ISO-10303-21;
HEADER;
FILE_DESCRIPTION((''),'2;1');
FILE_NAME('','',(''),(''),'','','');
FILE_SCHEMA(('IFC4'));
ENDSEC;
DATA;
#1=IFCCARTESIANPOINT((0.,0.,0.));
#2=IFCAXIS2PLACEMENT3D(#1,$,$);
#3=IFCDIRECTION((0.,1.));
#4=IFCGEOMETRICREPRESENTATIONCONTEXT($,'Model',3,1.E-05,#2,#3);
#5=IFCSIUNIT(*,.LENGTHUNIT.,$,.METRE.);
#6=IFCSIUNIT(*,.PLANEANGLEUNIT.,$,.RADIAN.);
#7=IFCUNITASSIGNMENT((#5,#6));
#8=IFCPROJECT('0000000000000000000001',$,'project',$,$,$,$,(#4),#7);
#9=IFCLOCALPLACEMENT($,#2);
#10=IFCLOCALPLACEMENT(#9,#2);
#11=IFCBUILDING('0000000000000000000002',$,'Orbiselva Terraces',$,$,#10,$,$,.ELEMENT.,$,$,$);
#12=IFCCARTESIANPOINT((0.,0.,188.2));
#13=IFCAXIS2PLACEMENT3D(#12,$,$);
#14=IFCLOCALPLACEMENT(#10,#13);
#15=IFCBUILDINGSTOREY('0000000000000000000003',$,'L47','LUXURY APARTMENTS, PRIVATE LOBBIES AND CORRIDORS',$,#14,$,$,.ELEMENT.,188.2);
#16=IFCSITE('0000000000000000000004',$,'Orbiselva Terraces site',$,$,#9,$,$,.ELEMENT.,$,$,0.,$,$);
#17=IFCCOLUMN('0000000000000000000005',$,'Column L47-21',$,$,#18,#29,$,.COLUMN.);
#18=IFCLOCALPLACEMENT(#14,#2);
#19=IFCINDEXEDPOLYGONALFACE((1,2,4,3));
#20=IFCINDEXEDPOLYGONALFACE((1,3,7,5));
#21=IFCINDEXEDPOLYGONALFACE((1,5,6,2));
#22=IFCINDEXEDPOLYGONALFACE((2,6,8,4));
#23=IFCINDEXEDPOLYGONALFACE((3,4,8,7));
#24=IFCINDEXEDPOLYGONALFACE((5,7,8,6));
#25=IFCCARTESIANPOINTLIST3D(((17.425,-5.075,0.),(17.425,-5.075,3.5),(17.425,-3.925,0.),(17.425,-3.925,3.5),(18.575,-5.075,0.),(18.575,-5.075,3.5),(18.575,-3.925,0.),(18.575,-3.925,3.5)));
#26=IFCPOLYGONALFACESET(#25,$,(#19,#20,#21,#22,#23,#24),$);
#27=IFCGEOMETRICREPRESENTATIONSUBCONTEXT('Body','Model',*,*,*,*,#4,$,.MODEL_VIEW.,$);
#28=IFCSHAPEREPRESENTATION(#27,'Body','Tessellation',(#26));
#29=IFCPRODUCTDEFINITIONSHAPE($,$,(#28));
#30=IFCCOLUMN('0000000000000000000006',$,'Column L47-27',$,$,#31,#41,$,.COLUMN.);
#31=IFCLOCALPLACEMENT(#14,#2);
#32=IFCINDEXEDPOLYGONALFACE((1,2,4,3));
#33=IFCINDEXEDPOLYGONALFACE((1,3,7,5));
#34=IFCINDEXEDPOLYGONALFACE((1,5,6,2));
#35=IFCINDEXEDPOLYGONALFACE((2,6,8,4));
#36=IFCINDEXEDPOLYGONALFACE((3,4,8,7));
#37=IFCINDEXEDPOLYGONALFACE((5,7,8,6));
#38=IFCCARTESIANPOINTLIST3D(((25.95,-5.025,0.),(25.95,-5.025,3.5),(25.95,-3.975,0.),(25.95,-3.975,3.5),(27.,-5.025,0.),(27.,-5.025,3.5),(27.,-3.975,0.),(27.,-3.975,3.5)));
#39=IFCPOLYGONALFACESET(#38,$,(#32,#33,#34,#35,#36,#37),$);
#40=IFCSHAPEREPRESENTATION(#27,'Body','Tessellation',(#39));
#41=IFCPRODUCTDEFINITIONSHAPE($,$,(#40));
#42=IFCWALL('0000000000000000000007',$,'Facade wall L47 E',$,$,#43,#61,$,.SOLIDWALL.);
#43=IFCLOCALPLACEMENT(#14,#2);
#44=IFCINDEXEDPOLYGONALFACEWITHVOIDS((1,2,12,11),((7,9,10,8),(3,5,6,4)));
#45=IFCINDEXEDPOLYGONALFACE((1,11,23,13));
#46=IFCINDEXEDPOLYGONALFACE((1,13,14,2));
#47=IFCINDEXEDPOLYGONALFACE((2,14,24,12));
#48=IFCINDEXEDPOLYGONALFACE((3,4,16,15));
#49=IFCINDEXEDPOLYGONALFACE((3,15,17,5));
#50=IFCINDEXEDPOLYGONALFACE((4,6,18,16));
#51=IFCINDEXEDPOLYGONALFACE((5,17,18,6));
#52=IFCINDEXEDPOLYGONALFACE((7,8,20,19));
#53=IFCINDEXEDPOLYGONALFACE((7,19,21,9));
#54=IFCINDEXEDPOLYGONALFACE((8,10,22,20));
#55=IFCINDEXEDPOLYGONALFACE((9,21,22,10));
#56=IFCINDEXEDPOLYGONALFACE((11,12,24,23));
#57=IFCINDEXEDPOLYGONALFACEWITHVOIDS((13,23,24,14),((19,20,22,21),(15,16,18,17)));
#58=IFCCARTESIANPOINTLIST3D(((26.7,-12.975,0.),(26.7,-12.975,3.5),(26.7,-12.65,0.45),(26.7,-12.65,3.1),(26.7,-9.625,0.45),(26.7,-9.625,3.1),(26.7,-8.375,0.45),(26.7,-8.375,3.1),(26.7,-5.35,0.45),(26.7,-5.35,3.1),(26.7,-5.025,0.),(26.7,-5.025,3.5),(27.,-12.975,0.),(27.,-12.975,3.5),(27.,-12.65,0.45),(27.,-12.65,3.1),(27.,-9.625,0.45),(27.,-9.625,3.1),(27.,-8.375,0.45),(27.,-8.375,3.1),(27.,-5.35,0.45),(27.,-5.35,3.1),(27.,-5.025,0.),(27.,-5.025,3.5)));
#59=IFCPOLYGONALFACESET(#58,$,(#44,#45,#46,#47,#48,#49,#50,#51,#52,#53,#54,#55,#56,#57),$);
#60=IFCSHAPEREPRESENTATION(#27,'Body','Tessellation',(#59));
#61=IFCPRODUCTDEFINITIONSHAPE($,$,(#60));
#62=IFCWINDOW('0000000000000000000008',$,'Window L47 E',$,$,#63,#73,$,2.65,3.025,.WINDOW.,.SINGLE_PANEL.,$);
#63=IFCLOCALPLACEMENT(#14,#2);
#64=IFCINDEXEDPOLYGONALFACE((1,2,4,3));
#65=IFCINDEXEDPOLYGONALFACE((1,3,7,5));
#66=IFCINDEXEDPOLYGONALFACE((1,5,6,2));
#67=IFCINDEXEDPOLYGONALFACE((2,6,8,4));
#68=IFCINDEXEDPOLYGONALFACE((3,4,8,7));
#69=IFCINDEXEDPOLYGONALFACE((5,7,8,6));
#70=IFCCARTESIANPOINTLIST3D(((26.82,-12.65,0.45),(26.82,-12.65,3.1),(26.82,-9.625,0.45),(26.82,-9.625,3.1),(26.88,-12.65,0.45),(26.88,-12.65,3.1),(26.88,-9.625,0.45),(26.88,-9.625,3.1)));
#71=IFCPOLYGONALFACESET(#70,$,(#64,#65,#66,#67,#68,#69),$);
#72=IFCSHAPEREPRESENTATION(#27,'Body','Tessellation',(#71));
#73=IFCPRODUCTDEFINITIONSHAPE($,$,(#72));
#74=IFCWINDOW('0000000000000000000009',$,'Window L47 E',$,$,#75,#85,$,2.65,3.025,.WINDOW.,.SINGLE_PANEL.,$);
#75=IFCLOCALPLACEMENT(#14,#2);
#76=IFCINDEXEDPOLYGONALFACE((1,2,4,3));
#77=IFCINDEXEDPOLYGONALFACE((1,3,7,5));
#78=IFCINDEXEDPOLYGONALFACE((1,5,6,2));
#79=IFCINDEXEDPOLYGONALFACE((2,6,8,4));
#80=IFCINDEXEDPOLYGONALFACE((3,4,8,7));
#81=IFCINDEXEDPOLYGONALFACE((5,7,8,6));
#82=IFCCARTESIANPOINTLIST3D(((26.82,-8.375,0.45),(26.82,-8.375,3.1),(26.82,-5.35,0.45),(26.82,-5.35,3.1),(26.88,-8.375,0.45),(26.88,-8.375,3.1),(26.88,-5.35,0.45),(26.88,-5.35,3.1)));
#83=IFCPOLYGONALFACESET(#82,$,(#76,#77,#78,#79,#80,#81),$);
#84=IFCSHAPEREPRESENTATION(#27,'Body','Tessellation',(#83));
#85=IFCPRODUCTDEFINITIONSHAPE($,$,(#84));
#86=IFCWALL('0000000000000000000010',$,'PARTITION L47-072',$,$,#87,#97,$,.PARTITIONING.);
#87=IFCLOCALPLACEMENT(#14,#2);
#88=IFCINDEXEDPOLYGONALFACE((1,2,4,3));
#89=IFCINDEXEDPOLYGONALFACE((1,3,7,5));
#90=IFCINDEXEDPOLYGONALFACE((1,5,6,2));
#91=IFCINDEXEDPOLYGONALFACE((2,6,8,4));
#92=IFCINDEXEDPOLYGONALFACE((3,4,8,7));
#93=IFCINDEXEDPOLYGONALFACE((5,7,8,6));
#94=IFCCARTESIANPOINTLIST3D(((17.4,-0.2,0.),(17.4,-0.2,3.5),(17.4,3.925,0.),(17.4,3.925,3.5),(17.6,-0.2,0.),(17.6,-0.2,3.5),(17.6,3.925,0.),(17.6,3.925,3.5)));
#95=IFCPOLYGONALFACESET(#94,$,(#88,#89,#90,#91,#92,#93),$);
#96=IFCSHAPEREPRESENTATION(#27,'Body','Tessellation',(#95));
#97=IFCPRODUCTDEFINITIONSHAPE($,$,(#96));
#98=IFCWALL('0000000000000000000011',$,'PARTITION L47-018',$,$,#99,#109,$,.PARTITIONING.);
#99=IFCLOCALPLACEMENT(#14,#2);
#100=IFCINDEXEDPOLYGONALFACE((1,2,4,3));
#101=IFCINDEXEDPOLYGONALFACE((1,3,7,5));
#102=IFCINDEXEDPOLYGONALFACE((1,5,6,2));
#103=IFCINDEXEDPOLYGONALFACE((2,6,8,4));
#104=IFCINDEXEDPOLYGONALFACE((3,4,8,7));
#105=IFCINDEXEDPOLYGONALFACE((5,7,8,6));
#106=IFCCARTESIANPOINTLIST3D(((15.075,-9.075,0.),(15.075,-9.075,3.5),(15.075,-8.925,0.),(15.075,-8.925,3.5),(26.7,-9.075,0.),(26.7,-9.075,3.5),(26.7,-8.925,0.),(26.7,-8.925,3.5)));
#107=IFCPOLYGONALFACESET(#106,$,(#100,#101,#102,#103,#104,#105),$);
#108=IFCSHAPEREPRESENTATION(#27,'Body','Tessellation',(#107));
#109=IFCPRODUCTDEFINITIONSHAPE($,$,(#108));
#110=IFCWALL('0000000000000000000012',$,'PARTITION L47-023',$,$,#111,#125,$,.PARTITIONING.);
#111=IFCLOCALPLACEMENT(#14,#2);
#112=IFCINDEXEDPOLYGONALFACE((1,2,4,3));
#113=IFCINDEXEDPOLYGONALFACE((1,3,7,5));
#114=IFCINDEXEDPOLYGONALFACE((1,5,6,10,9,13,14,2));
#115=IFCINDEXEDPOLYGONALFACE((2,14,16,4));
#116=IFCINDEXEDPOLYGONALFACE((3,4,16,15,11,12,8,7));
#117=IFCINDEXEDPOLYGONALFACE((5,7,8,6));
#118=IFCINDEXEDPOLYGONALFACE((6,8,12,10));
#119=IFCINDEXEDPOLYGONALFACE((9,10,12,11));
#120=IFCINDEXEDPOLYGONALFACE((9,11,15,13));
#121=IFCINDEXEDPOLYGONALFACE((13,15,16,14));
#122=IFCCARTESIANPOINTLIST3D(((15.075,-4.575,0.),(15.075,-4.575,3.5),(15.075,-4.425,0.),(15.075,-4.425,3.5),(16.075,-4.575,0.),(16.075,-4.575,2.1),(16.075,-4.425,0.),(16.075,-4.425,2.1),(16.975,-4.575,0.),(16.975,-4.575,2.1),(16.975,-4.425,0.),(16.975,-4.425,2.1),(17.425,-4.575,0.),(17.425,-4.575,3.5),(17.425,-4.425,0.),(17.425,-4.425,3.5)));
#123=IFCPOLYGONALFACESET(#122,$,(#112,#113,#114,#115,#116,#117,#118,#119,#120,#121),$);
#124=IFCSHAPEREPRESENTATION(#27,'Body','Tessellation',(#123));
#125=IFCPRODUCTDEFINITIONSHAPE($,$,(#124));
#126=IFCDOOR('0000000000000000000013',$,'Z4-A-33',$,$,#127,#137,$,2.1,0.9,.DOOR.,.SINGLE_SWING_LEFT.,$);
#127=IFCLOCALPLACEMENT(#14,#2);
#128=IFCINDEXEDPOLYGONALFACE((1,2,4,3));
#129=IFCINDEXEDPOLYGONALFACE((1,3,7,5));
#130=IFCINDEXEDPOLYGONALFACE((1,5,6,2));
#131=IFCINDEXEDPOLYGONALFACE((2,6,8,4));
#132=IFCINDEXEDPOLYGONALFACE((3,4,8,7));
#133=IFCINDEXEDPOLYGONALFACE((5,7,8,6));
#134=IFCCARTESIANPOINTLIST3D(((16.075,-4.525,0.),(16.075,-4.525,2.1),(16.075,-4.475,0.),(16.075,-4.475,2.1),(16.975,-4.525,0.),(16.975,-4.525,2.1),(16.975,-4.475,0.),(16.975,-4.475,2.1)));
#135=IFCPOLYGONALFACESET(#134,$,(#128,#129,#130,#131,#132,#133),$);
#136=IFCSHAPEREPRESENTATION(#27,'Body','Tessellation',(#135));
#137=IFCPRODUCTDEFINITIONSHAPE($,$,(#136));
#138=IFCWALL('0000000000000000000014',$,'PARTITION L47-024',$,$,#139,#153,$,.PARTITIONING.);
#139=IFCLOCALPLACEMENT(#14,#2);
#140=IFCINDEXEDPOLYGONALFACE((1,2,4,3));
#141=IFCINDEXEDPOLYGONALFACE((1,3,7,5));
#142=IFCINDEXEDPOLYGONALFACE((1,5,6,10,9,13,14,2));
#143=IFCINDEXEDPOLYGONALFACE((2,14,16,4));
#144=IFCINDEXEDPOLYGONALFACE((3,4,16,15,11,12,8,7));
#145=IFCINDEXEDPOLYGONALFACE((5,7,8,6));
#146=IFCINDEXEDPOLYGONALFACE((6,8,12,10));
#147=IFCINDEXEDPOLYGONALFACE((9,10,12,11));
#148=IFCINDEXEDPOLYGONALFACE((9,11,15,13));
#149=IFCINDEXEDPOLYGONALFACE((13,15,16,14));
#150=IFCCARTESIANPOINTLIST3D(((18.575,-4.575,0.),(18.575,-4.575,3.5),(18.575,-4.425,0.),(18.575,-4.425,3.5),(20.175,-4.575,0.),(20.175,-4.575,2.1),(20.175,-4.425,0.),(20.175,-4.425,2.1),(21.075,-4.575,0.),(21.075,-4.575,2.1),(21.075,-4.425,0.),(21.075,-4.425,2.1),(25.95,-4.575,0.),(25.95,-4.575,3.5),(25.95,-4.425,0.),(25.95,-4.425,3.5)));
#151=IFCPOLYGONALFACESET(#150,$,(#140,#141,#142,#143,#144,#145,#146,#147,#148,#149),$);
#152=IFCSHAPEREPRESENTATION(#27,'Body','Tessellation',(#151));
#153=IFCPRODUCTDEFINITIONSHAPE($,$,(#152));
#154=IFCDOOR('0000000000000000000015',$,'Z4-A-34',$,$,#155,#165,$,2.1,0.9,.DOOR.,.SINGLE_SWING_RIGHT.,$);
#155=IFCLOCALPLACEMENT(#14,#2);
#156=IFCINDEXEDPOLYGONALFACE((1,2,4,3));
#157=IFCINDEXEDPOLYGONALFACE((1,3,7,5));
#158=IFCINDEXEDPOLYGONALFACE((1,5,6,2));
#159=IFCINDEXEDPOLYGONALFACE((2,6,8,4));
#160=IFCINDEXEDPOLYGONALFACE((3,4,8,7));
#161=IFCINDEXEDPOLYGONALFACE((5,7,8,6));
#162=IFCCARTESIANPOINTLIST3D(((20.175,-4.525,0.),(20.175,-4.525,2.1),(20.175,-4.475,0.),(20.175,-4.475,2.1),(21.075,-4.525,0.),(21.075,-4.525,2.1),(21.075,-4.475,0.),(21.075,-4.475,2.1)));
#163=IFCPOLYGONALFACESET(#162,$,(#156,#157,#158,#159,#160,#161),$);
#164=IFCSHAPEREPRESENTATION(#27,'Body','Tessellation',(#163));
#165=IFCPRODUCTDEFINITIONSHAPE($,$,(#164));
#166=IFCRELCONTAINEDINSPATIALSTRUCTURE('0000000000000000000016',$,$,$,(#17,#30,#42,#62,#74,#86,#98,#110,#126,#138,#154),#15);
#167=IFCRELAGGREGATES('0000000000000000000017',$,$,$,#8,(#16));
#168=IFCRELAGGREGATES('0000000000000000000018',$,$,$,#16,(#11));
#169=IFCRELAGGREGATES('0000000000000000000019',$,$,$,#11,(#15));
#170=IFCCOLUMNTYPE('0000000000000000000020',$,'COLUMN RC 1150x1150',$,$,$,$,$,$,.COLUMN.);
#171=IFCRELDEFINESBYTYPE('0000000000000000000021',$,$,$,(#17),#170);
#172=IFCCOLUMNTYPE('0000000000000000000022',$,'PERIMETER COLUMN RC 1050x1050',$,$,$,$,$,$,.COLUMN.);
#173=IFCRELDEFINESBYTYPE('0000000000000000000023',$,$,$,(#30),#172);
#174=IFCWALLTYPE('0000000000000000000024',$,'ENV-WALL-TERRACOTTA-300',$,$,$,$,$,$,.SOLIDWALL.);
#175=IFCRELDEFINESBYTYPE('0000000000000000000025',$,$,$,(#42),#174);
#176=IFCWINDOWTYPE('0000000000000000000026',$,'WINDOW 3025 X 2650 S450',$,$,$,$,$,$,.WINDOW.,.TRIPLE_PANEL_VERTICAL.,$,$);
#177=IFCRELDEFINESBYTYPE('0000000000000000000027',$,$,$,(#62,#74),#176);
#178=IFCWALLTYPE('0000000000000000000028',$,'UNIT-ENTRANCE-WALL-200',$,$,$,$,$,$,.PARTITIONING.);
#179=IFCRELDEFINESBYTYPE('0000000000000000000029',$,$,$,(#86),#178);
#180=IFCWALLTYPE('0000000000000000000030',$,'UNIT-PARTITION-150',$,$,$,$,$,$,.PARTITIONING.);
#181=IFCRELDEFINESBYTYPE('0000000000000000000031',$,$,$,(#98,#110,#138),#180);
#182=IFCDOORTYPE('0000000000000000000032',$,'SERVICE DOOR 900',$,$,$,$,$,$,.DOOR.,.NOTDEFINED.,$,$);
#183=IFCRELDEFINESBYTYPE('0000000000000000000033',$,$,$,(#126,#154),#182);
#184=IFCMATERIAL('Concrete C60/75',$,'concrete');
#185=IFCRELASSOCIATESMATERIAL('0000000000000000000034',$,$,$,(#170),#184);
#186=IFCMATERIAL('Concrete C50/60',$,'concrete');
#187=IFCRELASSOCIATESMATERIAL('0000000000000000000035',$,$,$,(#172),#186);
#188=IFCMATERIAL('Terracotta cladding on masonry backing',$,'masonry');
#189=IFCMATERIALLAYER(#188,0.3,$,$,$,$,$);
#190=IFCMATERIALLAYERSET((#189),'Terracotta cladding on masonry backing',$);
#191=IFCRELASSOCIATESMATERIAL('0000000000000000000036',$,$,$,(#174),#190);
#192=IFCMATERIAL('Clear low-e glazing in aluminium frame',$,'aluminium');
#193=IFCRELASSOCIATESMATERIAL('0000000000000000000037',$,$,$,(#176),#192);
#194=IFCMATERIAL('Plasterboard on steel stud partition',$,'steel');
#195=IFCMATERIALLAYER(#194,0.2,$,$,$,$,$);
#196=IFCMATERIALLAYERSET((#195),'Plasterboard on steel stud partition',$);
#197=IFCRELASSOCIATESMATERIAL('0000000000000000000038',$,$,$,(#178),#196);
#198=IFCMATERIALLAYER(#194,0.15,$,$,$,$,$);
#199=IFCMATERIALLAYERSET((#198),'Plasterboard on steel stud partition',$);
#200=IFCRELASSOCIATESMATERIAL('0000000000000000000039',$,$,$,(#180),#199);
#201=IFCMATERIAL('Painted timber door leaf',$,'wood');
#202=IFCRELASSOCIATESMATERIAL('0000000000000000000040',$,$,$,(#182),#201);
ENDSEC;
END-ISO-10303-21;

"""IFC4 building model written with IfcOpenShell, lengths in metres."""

from ifc_helpers import new_model, si_unit, direction, frame, frame_2d, origin, origin_2d, place, context, subcontext, project, spatial, rectangle, extrude, material, layer, layer_set, material_profile, profile_set, type_object, element, fill, save


model = new_model("IFC4")

# Units and contexts
model_context = context("Model", 3, precision=1e-05, world=origin(), true_north=direction((0.0, 1.0)))
body_context = subcontext(model_context, "Body", "Model", "MODEL_VIEW")
ifc_project = project(units=[si_unit("LENGTHUNIT", "METRE"), si_unit("PLANEANGLEUNIT", "RADIAN")], contexts=[model_context])

# Site, building, storey
site_placement = place(None, origin())
site = spatial("IfcSite", under=ifc_project, at=site_placement, Name="Orbiselva Terraces site", CompositionType="ELEMENT", RefElevation=0.0)
building_placement = place(site_placement, origin())
building = spatial("IfcBuilding", under=site, at=building_placement, Name="Orbiselva Terraces", CompositionType="ELEMENT")
storey_placement = place(building_placement, frame((0.0, 0.0, 188.2)))
storey = spatial("IfcBuildingStorey", under=building, at=storey_placement, Name="L47", Description="LUXURY APARTMENTS, PRIVATE LOBBIES AND CORRIDORS", CompositionType="ELEMENT", Elevation=188.2)

# Columns
ifc_material_1 = material(Name="Concrete C60/75", Category="concrete")
ifc_material_profile_1 = material_profile(ifc_material_1, rectangle(XDim=1.15, YDim=1.15, at=origin_2d()), Name="RC 1150x1150")
ifc_profile_set_1 = profile_set([ifc_material_profile_1], Name="Concrete C60/75")
column_type_1 = type_object("IfcColumnType", Name="COLUMN RC 1150x1150", PredefinedType="COLUMN", material=ifc_profile_set_1)
column_1_placement = place(storey_placement, frame((18.0, -4.5, 0.0), z_axis=(0.0, 0.0, 1.0), x_axis=(1.0, 0.0, 0.0)))
element("IfcColumn", 1, at=column_1_placement, inside=storey, type_object=column_type_1, Name="Column L47-21", PredefinedType="COLUMN", context=body_context, shape_type="SweptSolid", body=[
    extrude(rectangle(XDim=1.15, YDim=1.15, at=origin_2d()), origin(), (0.0, 0.0, 1.0), 3.5),
])
ifc_material_2 = material(Name="Concrete C50/60", Category="concrete")
ifc_material_profile_2 = material_profile(ifc_material_2, rectangle(XDim=1.05, YDim=1.05, at=origin_2d()), Name="RC 1050x1050")
ifc_profile_set_2 = profile_set([ifc_material_profile_2], Name="Concrete C50/60")
column_type_2 = type_object("IfcColumnType", Name="PERIMETER COLUMN RC 1050x1050", PredefinedType="COLUMN", material=ifc_profile_set_2)
column_2_placement = place(storey_placement, frame((26.475, -4.5, 0.0), z_axis=(0.0, 0.0, 1.0), x_axis=(1.0, 0.0, 0.0)))
element("IfcColumn", 2, at=column_2_placement, inside=storey, type_object=column_type_2, Name="Column L47-27", PredefinedType="COLUMN", context=body_context, shape_type="SweptSolid", body=[
    extrude(rectangle(XDim=1.05, YDim=1.05, at=origin_2d()), origin(), (0.0, 0.0, 1.0), 3.5),
])

# Wall, openings, windows
ifc_material_3 = material(Name="Terracotta cladding on masonry backing", Category="masonry")
ifc_layer_1 = layer(ifc_material_3, 0.3)
ifc_layer_set_1 = layer_set([ifc_layer_1], Name="Terracotta cladding on masonry backing")
wall_type_1 = type_object("IfcWallType", Name="ENV-WALL-TERRACOTTA-300", PredefinedType="SOLIDWALL", material=ifc_layer_set_1)
wall_1_placement = place(storey_placement, frame((26.85, -5.025, 0.0), z_axis=(0.0, 0.0, 1.0), x_axis=(0.0, -1.0, 0.0)))
wall_1 = element("IfcWall", 3, at=wall_1_placement, inside=storey, type_object=wall_type_1, Name="Facade wall L47 E", PredefinedType="SOLIDWALL", context=body_context, shape_type="SweptSolid", body=[
    extrude(rectangle(XDim=7.95, YDim=0.3, at=frame_2d((3.975, 0.0))), origin(), (0.0, 0.0, 1.0), 3.5),
])
opening_1_placement = place(wall_1_placement, frame((4.6, 0.0, 0.45)))
opening_1 = element("IfcOpeningElement", 4, at=opening_1_placement, cuts=wall_1, PredefinedType="OPENING", context=body_context, shape_type="SweptSolid", body=[
    extrude(rectangle(XDim=3.025, YDim=2.65, at=frame_2d((1.5125, 1.325))), frame((0.0, 0.16, 0.0), z_axis=(0.0, -1.0, 0.0), x_axis=(1.0, 0.0, 0.0)), (0.0, 0.0, 1.0), 0.32),
])
opening_2_placement = place(wall_1_placement, frame((0.325, 0.0, 0.45)))
opening_2 = element("IfcOpeningElement", 5, at=opening_2_placement, cuts=wall_1, PredefinedType="OPENING", context=body_context, shape_type="SweptSolid", body=[
    extrude(rectangle(XDim=3.025, YDim=2.65, at=frame_2d((1.5125, 1.325))), frame((0.0, 0.16, 0.0), z_axis=(0.0, -1.0, 0.0), x_axis=(1.0, 0.0, 0.0)), (0.0, 0.0, 1.0), 0.32),
])
ifc_material_4 = material(Name="Clear low-e glazing in aluminium frame", Category="aluminium")
window_type = type_object("IfcWindowType", Name="WINDOW 3025 X 2650 S450", PartitioningType="TRIPLE_PANEL_VERTICAL", PredefinedType="WINDOW", material=ifc_material_4)
window_1_placement = place(opening_1_placement, origin())
window_1 = element("IfcWindow", 6, at=window_1_placement, inside=storey, type_object=window_type, Name="Window L47 E", OverallHeight=2.65, OverallWidth=3.025, PartitioningType="SINGLE_PANEL", PredefinedType="WINDOW", context=body_context, shape_type="SweptSolid", body=[
    extrude(rectangle(XDim=3.025, YDim=2.65, at=frame_2d((1.5125, 1.325))), frame((0.0, 0.03, 0.0), z_axis=(0.0, -1.0, 0.0), x_axis=(1.0, 0.0, 0.0)), (0.0, 0.0, 1.0), 0.06),
])
fill(opening_1, window_1)
window_2_placement = place(opening_2_placement, origin())
window_2 = element("IfcWindow", 7, at=window_2_placement, inside=storey, type_object=window_type, Name="Window L47 E", OverallHeight=2.65, OverallWidth=3.025, PartitioningType="SINGLE_PANEL", PredefinedType="WINDOW", context=body_context, shape_type="SweptSolid", body=[
    extrude(rectangle(XDim=3.025, YDim=2.65, at=frame_2d((1.5125, 1.325))), frame((0.0, 0.03, 0.0), z_axis=(0.0, -1.0, 0.0), x_axis=(1.0, 0.0, 0.0)), (0.0, 0.0, 1.0), 0.06),
])
fill(opening_2, window_2)

# Walls
ifc_material_5 = material(Name="Plasterboard on steel stud partition", Category="steel")
ifc_layer_2 = layer(ifc_material_5, 0.2)
ifc_layer_set_2 = layer_set([ifc_layer_2], Name="Plasterboard on steel stud partition")
wall_type_2 = type_object("IfcWallType", Name="UNIT-ENTRANCE-WALL-200", PredefinedType="PARTITIONING", material=ifc_layer_set_2)
wall_2_placement = place(storey_placement, frame((17.5, -0.2, 0.0), z_axis=(0.0, 0.0, 1.0), x_axis=(0.0, 1.0, 0.0)))
element("IfcWall", 8, at=wall_2_placement, inside=storey, type_object=wall_type_2, Name="PARTITION L47-072", PredefinedType="PARTITIONING", context=body_context, shape_type="SweptSolid", body=[
    extrude(rectangle(XDim=4.125, YDim=0.2, at=frame_2d((2.0625, 0.0))), origin(), (0.0, 0.0, 1.0), 3.5),
])
ifc_layer_3 = layer(ifc_material_5, 0.15)
ifc_layer_set_3 = layer_set([ifc_layer_3], Name="Plasterboard on steel stud partition")
wall_type_3 = type_object("IfcWallType", Name="UNIT-PARTITION-150", PredefinedType="PARTITIONING", material=ifc_layer_set_3)
wall_3_placement = place(storey_placement, frame((15.075, -9.0, 0.0), z_axis=(0.0, 0.0, 1.0), x_axis=(1.0, 0.0, 0.0)))
element("IfcWall", 9, at=wall_3_placement, inside=storey, type_object=wall_type_3, Name="PARTITION L47-018", PredefinedType="PARTITIONING", context=body_context, shape_type="SweptSolid", body=[
    extrude(rectangle(XDim=11.625, YDim=0.15, at=frame_2d((5.8125, 0.0))), origin(), (0.0, 0.0, 1.0), 3.5),
])

# Walls, openings, doors
wall_4_placement = place(storey_placement, frame((17.425, -4.5, 0.0), z_axis=(0.0, 0.0, 1.0), x_axis=(-1.0, 0.0, 0.0)))
wall_4 = element("IfcWall", 10, at=wall_4_placement, inside=storey, type_object=wall_type_3, Name="PARTITION L47-023", PredefinedType="PARTITIONING", context=body_context, shape_type="SweptSolid", body=[
    extrude(rectangle(XDim=2.35, YDim=0.15, at=frame_2d((1.175, 0.0))), origin(), (0.0, 0.0, 1.0), 3.5),
])
opening_3_placement = place(wall_4_placement, frame((0.45, 0.0, 0.0)))
opening_3 = element("IfcOpeningElement", 11, at=opening_3_placement, cuts=wall_4, PredefinedType="OPENING", context=body_context, shape_type="SweptSolid", body=[
    extrude(rectangle(XDim=0.9, YDim=2.1, at=frame_2d((0.45, 1.05))), frame((0.0, 0.085, 0.0), z_axis=(0.0, -1.0, 0.0), x_axis=(1.0, 0.0, 0.0)), (0.0, 0.0, 1.0), 0.17),
])
ifc_material_6 = material(Name="Painted timber door leaf", Category="wood")
door_type_1 = type_object("IfcDoorType", Name="SERVICE DOOR 900", OperationType="NOTDEFINED", PredefinedType="DOOR", material=ifc_material_6)
door_1_placement = place(opening_3_placement, origin())
door_1 = element("IfcDoor", 12, at=door_1_placement, inside=storey, type_object=door_type_1, Name="Z4-A-33", OperationType="SINGLE_SWING_LEFT", OverallHeight=2.1, OverallWidth=0.9, PredefinedType="DOOR", context=body_context, shape_type="SweptSolid", body=[
    extrude(rectangle(XDim=0.9, YDim=2.1, at=frame_2d((0.45, 1.05))), frame((0.0, 0.025, 0.0), z_axis=(0.0, -1.0, 0.0), x_axis=(1.0, 0.0, 0.0)), (0.0, 0.0, 1.0), 0.05),
])
fill(opening_3, door_1)
wall_5_placement = place(storey_placement, frame((25.95, -4.5, 0.0), z_axis=(0.0, 0.0, 1.0), x_axis=(-1.0, 0.0, 0.0)))
wall_5 = element("IfcWall", 13, at=wall_5_placement, inside=storey, type_object=wall_type_3, Name="PARTITION L47-024", PredefinedType="PARTITIONING", context=body_context, shape_type="SweptSolid", body=[
    extrude(rectangle(XDim=7.375, YDim=0.15, at=frame_2d((3.6875, 0.0))), origin(), (0.0, 0.0, 1.0), 3.5),
])
opening_4_placement = place(wall_5_placement, frame((4.875, 0.0, 0.0)))
opening_4 = element("IfcOpeningElement", 14, at=opening_4_placement, cuts=wall_5, PredefinedType="OPENING", context=body_context, shape_type="SweptSolid", body=[
    extrude(rectangle(XDim=0.9, YDim=2.1, at=frame_2d((0.45, 1.05))), frame((0.0, 0.085, 0.0), z_axis=(0.0, -1.0, 0.0), x_axis=(1.0, 0.0, 0.0)), (0.0, 0.0, 1.0), 0.17),
])
door_2_placement = place(opening_4_placement, origin())
door_2 = element("IfcDoor", 15, at=door_2_placement, inside=storey, type_object=door_type_1, Name="Z4-A-34", OperationType="SINGLE_SWING_RIGHT", OverallHeight=2.1, OverallWidth=0.9, PredefinedType="DOOR", context=body_context, shape_type="SweptSolid", body=[
    extrude(rectangle(XDim=0.9, YDim=2.1, at=frame_2d((0.45, 1.05))), frame((0.0, 0.025, 0.0), z_axis=(0.0, -1.0, 0.0), x_axis=(1.0, 0.0, 0.0)), (0.0, 0.0, 1.0), 0.05),
])
fill(opening_4, door_2)

save(model, "model.ifc")
